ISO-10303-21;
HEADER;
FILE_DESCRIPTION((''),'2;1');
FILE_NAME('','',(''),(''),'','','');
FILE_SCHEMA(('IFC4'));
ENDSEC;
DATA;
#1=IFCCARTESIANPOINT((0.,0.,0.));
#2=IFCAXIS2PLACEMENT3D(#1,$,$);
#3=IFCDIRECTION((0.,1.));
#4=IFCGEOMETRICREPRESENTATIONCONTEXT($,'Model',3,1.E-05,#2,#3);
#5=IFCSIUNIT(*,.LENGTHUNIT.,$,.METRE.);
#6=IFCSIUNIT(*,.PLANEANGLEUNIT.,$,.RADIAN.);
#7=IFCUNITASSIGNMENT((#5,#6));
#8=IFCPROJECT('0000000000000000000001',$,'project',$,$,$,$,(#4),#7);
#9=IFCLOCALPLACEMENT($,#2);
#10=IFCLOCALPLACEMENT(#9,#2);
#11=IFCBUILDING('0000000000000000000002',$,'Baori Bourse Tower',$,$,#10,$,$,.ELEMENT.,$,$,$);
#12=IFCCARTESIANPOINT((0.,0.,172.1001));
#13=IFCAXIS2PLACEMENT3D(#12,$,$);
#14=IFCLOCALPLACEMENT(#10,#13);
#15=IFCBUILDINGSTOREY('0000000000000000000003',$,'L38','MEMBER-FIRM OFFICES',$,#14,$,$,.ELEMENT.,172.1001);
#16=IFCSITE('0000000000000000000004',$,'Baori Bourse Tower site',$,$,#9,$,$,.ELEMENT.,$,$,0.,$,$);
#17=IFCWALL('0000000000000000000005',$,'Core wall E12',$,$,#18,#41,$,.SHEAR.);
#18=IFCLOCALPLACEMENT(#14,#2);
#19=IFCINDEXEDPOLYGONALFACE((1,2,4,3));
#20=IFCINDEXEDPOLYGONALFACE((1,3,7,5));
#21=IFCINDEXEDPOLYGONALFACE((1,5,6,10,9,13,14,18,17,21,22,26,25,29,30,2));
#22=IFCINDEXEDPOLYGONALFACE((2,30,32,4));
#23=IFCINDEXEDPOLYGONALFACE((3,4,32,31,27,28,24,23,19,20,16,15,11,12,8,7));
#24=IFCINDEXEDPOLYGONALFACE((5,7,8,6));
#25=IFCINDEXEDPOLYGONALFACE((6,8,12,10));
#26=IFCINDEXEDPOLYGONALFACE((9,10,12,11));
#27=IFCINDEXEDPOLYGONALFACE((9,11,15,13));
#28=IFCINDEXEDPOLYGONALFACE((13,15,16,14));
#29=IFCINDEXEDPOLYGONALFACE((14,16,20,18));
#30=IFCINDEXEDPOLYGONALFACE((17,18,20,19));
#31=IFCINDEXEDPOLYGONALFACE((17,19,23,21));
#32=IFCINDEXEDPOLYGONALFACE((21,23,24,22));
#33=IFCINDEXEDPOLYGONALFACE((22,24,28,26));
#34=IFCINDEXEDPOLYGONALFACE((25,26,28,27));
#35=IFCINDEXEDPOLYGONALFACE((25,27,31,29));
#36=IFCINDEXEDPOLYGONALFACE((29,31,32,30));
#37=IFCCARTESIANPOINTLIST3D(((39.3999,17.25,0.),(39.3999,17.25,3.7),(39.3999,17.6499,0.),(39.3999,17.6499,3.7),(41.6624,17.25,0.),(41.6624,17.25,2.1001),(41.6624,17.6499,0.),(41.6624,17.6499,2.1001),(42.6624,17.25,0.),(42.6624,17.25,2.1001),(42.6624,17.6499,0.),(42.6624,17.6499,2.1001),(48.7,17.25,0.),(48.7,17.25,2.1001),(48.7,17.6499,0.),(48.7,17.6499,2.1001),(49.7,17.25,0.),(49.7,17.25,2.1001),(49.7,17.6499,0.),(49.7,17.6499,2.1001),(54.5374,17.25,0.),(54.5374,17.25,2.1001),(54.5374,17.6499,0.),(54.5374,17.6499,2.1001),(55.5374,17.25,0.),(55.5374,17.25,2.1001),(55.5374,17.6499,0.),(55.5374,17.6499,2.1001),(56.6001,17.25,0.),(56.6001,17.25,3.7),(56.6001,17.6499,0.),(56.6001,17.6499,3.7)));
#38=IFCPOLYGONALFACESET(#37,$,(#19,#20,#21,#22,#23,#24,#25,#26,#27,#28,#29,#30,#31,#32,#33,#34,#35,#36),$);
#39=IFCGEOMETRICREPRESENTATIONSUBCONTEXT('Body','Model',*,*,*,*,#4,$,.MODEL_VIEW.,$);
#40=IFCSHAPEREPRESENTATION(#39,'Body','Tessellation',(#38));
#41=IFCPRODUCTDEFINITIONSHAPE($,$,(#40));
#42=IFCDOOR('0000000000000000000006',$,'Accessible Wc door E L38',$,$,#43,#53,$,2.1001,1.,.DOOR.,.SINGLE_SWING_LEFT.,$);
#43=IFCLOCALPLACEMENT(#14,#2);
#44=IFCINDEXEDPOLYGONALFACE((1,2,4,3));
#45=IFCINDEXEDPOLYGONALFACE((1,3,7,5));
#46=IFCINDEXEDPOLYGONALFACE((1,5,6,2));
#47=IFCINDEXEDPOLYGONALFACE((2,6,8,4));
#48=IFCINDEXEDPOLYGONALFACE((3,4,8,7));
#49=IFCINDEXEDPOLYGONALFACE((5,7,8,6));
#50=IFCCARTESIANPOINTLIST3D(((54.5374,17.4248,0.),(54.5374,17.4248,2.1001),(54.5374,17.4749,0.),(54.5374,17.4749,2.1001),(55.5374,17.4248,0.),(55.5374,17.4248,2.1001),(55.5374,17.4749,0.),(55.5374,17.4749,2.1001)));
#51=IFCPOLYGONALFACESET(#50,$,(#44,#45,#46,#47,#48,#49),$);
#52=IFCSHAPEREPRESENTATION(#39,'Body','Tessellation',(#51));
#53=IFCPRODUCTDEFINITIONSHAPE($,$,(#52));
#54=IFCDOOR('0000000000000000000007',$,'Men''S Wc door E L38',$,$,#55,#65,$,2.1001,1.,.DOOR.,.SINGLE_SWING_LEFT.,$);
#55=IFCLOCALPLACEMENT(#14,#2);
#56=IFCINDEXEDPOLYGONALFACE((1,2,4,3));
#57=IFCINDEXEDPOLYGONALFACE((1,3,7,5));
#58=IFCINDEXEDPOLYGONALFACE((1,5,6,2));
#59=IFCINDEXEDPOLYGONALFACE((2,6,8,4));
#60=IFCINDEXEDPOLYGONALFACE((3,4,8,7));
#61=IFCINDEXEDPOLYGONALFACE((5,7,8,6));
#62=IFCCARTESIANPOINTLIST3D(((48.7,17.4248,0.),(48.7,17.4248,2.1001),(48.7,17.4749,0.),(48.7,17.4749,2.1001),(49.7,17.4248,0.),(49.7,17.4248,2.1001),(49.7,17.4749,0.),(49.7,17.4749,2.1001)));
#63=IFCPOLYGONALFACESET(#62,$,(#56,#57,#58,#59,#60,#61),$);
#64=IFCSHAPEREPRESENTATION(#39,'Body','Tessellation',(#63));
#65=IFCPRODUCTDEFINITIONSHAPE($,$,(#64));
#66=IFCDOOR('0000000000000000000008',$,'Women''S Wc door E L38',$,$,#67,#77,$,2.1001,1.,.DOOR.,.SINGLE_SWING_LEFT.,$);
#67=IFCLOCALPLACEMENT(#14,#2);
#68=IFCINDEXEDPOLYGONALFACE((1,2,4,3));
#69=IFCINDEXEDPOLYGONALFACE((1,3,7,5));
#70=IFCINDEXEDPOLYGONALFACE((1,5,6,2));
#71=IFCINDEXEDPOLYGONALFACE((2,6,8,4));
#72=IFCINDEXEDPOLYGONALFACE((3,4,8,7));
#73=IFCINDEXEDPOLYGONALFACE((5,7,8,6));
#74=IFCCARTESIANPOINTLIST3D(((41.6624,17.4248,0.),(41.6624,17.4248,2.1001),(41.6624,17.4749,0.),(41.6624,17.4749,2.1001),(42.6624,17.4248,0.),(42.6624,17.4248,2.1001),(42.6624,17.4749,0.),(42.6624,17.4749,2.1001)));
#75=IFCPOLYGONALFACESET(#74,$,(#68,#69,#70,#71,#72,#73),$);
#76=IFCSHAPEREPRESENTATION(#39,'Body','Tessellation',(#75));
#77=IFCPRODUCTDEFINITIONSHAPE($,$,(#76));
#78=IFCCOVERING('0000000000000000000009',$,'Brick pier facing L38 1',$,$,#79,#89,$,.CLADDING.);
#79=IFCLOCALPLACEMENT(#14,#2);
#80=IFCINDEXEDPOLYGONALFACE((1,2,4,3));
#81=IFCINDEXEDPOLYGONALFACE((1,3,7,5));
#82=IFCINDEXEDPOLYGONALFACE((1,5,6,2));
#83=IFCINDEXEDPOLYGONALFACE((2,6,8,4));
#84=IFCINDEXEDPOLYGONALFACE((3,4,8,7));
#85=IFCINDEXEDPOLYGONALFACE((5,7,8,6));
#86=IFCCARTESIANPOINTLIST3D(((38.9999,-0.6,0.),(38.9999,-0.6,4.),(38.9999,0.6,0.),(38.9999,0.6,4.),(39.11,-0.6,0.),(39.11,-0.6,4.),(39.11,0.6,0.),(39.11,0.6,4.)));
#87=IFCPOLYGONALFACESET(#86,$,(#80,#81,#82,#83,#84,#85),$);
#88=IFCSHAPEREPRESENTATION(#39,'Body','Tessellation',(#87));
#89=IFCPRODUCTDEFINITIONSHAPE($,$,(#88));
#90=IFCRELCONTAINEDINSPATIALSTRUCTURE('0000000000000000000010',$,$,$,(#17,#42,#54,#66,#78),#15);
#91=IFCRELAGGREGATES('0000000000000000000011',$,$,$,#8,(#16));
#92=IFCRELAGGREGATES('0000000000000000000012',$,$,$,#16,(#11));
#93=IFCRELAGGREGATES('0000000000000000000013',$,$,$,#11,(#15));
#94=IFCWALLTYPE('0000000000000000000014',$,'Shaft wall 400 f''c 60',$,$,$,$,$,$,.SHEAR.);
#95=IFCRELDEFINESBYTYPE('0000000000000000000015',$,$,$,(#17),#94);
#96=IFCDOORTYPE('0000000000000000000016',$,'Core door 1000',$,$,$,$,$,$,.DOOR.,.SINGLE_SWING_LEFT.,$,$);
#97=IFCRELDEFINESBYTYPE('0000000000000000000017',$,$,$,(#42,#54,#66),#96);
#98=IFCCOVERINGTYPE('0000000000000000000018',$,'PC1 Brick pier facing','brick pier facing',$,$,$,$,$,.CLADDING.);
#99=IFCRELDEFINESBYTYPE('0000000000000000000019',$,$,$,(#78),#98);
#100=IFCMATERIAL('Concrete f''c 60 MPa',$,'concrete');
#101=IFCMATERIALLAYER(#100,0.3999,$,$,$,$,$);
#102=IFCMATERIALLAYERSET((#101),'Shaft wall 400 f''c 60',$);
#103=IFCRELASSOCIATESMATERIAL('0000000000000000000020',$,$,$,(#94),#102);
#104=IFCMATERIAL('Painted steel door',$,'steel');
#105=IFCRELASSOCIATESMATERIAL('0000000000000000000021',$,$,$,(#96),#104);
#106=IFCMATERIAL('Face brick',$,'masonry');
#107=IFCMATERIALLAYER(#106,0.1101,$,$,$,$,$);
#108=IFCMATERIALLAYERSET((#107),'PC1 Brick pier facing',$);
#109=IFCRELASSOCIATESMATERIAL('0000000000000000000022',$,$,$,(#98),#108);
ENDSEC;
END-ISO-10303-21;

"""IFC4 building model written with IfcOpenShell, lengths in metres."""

from ifc_helpers import new_model, si_unit, direction, frame, frame_2d, origin, origin_2d, place, context, subcontext, project, spatial, rectangle, extrude, material, layer, layer_set, type_object, element, fill, save


model = new_model("IFC4")

# Units and contexts
model_context = context("Model", 3, precision=1e-05, world=origin(), true_north=direction((0.0, 1.0)))
body_context = subcontext(model_context, "Body", "Model", "MODEL_VIEW")
ifc_project = project(units=[si_unit("LENGTHUNIT", "METRE"), si_unit("PLANEANGLEUNIT", "RADIAN")], contexts=[model_context])

# Site, building, storey
site_placement = place(None, origin())
site = spatial("IfcSite", under=ifc_project, at=site_placement, Name="Baori Bourse Tower site", CompositionType="ELEMENT", RefElevation=0.0)
building_placement = place(site_placement, origin())
building = spatial("IfcBuilding", under=site, at=building_placement, Name="Baori Bourse Tower", CompositionType="ELEMENT")
storey_placement = place(building_placement, frame((0.0, 0.0, 172.1001)))
storey = spatial("IfcBuildingStorey", under=building, at=storey_placement, Name="L38", Description="MEMBER-FIRM OFFICES", CompositionType="ELEMENT", Elevation=172.1001)

# Shared definitions
ifc_material_1 = material(Name="Concrete f'c 60 MPa", Category="concrete")
ifc_layer_1 = layer(ifc_material_1, 0.3999)
ifc_layer_set_1 = layer_set([ifc_layer_1], Name="Shaft wall 400 f'c 60")
wall_type_1 = type_object("IfcWallType", Name="Shaft wall 400 f'c 60", PredefinedType="SHEAR", material=ifc_layer_set_1)

# Wall, openings, doors
wall_1_placement = place(storey_placement, frame((39.3999, 17.45, 0.0), z_axis=(0.0, 0.0, 1.0), x_axis=(1.0, 0.0, 0.0)))
wall_1 = element("IfcWall", 1, at=wall_1_placement, inside=storey, type_object=wall_type_1, Name="Core wall E12", PredefinedType="SHEAR", context=body_context, shape_type="SweptSolid", body=[
    extrude(rectangle(XDim=17.2002, YDim=0.3999, at=frame_2d((8.6001, 0.0))), origin(), (0.0, 0.0, 1.0), 3.7),
])
opening_1_placement = place(wall_1_placement, frame((15.1375, 0.0, 0.0)))
opening_1 = element("IfcOpeningElement", 2, at=opening_1_placement, cuts=wall_1, PredefinedType="OPENING", context=body_context, shape_type="SweptSolid", body=[
    extrude(rectangle(XDim=1.0, YDim=2.1001, at=frame_2d((0.5, 1.05))), frame((0.0, 0.21, 0.0), z_axis=(0.0, -1.0, 0.0), x_axis=(1.0, 0.0, 0.0)), (0.0, 0.0, 1.0), 0.4199),
])
opening_2_placement = place(wall_1_placement, frame((9.3, 0.0, 0.0)))
opening_2 = element("IfcOpeningElement", 3, at=opening_2_placement, cuts=wall_1, PredefinedType="OPENING", context=body_context, shape_type="SweptSolid", body=[
    extrude(rectangle(XDim=1.0, YDim=2.1001, at=frame_2d((0.5, 1.05))), frame((0.0, 0.21, 0.0), z_axis=(0.0, -1.0, 0.0), x_axis=(1.0, 0.0, 0.0)), (0.0, 0.0, 1.0), 0.4199),
])
opening_3_placement = place(wall_1_placement, frame((2.2625, 0.0, 0.0)))
opening_3 = element("IfcOpeningElement", 4, at=opening_3_placement, cuts=wall_1, PredefinedType="OPENING", context=body_context, shape_type="SweptSolid", body=[
    extrude(rectangle(XDim=1.0, YDim=2.1001, at=frame_2d((0.5, 1.05))), frame((0.0, 0.21, 0.0), z_axis=(0.0, -1.0, 0.0), x_axis=(1.0, 0.0, 0.0)), (0.0, 0.0, 1.0), 0.4199),
])
ifc_material_2 = material(Name="Painted steel door", Category="steel")
door_type_1 = type_object("IfcDoorType", Name="Core door 1000", OperationType="SINGLE_SWING_LEFT", PredefinedType="DOOR", material=ifc_material_2)
door_1_placement = place(opening_1_placement, origin())
door_1 = element("IfcDoor", 5, at=door_1_placement, inside=storey, type_object=door_type_1, Name="Accessible Wc door E L38", OperationType="SINGLE_SWING_LEFT", OverallHeight=2.1001, OverallWidth=1.0, PredefinedType="DOOR", context=body_context, shape_type="SweptSolid", body=[
    extrude(rectangle(XDim=1.0, YDim=2.1001, at=frame_2d((0.5, 1.05))), frame((0.0, 0.0249, 0.0), z_axis=(0.0, -1.0, 0.0), x_axis=(1.0, 0.0, 0.0)), (0.0, 0.0, 1.0), 0.05),
])
fill(opening_1, door_1)
door_2_placement = place(opening_2_placement, origin())
door_2 = element("IfcDoor", 6, at=door_2_placement, inside=storey, type_object=door_type_1, Name="Men'S Wc door E L38", OperationType="SINGLE_SWING_LEFT", OverallHeight=2.1001, OverallWidth=1.0, PredefinedType="DOOR", context=body_context, shape_type="SweptSolid", body=[
    extrude(rectangle(XDim=1.0, YDim=2.1001, at=frame_2d((0.5, 1.05))), frame((0.0, 0.0249, 0.0), z_axis=(0.0, -1.0, 0.0), x_axis=(1.0, 0.0, 0.0)), (0.0, 0.0, 1.0), 0.05),
])
fill(opening_2, door_2)
door_3_placement = place(opening_3_placement, origin())
door_3 = element("IfcDoor", 7, at=door_3_placement, inside=storey, type_object=door_type_1, Name="Women'S Wc door E L38", OperationType="SINGLE_SWING_LEFT", OverallHeight=2.1001, OverallWidth=1.0, PredefinedType="DOOR", context=body_context, shape_type="SweptSolid", body=[
    extrude(rectangle(XDim=1.0, YDim=2.1001, at=frame_2d((0.5, 1.05))), frame((0.0, 0.0249, 0.0), z_axis=(0.0, -1.0, 0.0), x_axis=(1.0, 0.0, 0.0)), (0.0, 0.0, 1.0), 0.05),
])
fill(opening_3, door_3)

# Covering
ifc_material_3 = material(Name="Face brick", Category="masonry")
ifc_layer_2 = layer(ifc_material_3, 0.1101)
ifc_layer_set_2 = layer_set([ifc_layer_2], Name="PC1 Brick pier facing")
covering_type = type_object("IfcCoveringType", Name="PC1 Brick pier facing", Description="brick pier facing", PredefinedType="CLADDING", material=ifc_layer_set_2)
covering_placement = place(storey_placement, frame((39.0549, 0.0, 0.0), z_axis=(0.0, 0.0, 1.0), x_axis=(1.0, 0.0, 0.0)))
element("IfcCovering", 8, at=covering_placement, inside=storey, type_object=covering_type, Name="Brick pier facing L38 1", PredefinedType="CLADDING", context=body_context, shape_type="SweptSolid", body=[
    extrude(rectangle(XDim=0.1101, YDim=1.2, at=origin_2d()), origin(), (0.0, 0.0, 1.0), 4.0),
])

save(model, "model.ifc")
